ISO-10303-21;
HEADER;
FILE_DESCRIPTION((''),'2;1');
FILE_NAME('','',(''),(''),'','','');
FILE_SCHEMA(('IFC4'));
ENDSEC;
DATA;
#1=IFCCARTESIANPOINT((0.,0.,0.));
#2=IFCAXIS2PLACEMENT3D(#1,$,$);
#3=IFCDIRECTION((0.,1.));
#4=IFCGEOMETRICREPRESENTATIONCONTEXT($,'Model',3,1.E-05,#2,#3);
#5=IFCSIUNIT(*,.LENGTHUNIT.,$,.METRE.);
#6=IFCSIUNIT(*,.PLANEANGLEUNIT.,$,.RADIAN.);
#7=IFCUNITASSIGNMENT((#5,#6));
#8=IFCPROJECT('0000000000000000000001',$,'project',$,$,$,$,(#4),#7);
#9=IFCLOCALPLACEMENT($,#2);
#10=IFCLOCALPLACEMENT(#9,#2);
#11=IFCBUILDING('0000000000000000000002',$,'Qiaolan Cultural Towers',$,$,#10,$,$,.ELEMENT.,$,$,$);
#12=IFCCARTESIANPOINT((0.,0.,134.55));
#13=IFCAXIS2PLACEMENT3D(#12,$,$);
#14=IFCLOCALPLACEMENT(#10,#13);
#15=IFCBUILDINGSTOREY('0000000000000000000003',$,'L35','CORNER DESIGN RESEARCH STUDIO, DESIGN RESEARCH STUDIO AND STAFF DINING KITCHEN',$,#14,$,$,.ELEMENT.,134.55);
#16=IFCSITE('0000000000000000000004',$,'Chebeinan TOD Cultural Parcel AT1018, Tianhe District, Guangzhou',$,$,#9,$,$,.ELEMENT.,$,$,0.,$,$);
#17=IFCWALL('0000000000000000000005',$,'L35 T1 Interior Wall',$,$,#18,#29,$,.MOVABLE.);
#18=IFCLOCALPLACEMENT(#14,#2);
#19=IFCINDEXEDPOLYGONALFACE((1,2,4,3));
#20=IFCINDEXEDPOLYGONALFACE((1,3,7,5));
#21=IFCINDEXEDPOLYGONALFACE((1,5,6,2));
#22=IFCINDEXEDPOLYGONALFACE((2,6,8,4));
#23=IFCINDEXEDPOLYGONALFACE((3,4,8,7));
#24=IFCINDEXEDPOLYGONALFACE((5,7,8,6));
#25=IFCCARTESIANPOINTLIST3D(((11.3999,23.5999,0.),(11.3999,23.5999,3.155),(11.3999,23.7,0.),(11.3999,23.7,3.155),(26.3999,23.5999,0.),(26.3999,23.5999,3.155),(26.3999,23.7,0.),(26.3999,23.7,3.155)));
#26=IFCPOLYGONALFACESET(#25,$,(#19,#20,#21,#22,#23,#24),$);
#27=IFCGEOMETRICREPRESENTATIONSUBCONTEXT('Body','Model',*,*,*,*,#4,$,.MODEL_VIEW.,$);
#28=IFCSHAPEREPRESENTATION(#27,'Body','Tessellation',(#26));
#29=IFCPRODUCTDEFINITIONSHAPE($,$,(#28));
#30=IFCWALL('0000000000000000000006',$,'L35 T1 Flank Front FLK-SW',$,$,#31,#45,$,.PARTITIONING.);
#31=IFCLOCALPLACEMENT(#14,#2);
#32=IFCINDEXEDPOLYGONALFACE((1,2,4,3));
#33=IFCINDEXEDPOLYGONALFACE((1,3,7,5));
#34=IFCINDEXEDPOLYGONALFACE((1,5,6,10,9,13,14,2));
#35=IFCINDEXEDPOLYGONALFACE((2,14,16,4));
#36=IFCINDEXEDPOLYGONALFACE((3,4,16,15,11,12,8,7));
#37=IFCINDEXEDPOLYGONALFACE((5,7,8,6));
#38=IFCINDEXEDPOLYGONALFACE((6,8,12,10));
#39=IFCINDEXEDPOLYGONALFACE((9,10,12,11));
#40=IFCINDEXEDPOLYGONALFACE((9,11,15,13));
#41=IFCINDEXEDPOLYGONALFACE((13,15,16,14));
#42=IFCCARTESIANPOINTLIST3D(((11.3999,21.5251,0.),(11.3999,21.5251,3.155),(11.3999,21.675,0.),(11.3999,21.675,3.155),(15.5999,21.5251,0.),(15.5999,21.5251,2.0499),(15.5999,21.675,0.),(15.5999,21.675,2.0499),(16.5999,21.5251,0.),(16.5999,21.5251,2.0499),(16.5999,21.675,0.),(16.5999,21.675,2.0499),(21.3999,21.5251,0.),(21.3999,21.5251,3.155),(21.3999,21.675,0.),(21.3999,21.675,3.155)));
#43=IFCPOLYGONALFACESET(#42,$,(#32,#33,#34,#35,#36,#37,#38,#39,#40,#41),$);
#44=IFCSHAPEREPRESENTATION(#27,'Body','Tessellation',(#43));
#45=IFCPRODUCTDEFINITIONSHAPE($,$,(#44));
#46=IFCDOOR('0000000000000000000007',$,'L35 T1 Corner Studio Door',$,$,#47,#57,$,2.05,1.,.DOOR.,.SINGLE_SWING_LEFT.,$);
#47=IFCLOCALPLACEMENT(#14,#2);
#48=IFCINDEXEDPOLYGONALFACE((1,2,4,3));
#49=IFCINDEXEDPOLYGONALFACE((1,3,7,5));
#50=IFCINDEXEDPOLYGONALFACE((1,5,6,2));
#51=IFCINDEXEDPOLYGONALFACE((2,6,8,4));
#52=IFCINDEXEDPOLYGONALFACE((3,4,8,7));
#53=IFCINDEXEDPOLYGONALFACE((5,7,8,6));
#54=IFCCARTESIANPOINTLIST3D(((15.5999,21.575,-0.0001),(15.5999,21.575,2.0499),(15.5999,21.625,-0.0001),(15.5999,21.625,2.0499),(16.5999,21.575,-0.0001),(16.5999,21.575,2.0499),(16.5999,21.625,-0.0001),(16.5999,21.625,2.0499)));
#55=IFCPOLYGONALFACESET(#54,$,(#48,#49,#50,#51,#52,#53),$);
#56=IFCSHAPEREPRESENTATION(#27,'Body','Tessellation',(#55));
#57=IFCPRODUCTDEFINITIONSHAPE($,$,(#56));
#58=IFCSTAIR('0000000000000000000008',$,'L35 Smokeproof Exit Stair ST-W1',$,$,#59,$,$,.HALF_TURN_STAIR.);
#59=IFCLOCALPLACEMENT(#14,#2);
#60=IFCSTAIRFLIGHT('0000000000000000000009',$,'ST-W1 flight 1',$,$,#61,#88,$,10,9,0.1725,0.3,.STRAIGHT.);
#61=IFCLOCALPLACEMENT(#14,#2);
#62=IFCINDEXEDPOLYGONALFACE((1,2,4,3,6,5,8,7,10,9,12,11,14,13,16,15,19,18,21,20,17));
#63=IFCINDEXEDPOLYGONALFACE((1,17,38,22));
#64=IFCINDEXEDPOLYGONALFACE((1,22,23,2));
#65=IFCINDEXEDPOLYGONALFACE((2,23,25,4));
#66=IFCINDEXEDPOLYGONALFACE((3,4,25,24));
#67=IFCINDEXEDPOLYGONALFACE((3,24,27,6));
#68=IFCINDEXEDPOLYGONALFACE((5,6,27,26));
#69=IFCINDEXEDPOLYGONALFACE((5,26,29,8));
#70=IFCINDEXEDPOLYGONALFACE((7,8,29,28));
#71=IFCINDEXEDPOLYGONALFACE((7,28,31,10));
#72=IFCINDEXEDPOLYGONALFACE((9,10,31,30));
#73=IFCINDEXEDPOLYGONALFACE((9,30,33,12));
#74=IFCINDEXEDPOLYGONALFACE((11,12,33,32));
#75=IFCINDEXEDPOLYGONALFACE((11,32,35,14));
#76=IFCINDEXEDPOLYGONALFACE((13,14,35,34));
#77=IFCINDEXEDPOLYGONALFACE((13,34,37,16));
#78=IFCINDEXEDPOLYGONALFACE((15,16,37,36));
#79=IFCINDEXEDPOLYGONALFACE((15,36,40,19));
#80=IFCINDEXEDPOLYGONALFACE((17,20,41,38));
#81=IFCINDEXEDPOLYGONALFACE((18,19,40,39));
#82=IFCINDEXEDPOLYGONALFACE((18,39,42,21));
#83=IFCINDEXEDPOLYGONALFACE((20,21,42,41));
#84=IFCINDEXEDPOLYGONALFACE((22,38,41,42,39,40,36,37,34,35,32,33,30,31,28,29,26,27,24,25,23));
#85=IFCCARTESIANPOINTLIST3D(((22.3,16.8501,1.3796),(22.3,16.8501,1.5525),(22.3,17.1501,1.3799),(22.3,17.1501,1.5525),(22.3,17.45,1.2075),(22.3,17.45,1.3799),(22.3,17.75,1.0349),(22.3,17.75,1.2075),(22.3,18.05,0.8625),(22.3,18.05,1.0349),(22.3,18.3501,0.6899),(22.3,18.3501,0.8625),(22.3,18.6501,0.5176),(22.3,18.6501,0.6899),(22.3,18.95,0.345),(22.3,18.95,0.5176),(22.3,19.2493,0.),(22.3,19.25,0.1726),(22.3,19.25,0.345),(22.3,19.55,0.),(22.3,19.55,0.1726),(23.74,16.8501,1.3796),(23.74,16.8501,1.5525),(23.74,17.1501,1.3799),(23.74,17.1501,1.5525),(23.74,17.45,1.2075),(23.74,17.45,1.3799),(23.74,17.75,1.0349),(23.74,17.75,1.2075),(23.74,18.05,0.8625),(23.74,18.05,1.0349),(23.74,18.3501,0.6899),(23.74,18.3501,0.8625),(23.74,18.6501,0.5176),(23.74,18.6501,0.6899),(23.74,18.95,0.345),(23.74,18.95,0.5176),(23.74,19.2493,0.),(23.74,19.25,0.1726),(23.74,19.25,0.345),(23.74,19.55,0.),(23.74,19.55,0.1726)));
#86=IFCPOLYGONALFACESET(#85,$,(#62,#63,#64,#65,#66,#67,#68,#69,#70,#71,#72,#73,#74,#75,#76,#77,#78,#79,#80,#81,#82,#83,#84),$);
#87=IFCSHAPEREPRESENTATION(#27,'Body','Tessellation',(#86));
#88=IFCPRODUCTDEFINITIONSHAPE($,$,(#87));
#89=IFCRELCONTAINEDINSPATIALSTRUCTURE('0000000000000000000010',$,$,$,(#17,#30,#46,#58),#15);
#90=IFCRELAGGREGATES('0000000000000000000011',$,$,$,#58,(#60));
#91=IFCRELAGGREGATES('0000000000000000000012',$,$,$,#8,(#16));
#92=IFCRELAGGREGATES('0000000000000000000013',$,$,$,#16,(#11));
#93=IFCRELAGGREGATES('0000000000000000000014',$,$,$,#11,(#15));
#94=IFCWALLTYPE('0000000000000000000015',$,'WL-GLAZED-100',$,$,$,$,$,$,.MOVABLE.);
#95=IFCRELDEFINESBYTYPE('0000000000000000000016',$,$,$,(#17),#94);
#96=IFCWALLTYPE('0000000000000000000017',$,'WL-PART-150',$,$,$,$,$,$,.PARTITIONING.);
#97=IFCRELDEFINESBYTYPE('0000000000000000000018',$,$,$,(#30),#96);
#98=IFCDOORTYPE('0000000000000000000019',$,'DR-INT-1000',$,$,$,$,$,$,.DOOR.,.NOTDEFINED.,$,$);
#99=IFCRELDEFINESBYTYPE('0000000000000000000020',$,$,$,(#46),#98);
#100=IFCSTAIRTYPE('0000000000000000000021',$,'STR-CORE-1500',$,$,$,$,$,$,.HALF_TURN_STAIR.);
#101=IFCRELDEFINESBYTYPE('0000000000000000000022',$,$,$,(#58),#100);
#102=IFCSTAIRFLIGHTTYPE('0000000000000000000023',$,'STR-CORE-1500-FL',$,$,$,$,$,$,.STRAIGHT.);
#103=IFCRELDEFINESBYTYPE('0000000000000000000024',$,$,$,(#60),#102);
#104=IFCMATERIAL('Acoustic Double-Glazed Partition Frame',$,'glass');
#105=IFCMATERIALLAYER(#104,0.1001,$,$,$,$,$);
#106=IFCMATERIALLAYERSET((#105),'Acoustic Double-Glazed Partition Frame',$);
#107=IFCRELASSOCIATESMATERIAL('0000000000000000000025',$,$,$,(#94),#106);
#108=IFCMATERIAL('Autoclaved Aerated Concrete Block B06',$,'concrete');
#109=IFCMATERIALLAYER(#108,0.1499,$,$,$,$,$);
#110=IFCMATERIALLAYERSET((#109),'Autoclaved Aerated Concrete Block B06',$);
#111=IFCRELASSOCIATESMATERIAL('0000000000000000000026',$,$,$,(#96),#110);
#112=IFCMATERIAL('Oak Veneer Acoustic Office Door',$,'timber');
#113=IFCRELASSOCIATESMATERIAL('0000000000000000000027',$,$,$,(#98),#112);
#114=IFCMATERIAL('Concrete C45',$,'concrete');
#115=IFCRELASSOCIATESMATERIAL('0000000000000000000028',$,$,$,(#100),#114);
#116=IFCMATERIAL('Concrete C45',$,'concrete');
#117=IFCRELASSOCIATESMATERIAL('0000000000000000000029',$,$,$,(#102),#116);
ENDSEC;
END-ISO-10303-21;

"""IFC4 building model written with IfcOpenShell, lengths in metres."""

from ifc_helpers import new_model, si_unit, direction, frame, frame_2d, origin, place, context, subcontext, project, spatial, polyline, rectangle, outline, extrude, material, layer, layer_set, type_object, element, fill, aggregate, save


model = new_model("IFC4")

# Units and contexts
model_context = context("Model", 3, precision=1e-05, world=origin(), true_north=direction((0.0, 1.0)))
body_context = subcontext(model_context, "Body", "Model", "MODEL_VIEW")
ifc_project = project(units=[si_unit("LENGTHUNIT", "METRE"), si_unit("PLANEANGLEUNIT", "RADIAN")], contexts=[model_context])

# Site, building, storey
site_placement = place(None, origin())
site = spatial("IfcSite", under=ifc_project, at=site_placement, Name="Chebeinan TOD Cultural Parcel AT1018, Tianhe District, Guangzhou", CompositionType="ELEMENT", RefElevation=0.0)
building_placement = place(site_placement, origin())
building = spatial("IfcBuilding", under=site, at=building_placement, Name="Qiaolan Cultural Towers", CompositionType="ELEMENT")
storey_placement = place(building_placement, frame((0.0, 0.0, 134.55)))
storey = spatial("IfcBuildingStorey", under=building, at=storey_placement, Name="L35", Description="CORNER DESIGN RESEARCH STUDIO, DESIGN RESEARCH STUDIO AND STAFF DINING KITCHEN", CompositionType="ELEMENT", Elevation=134.55)

# Wall
ifc_material_1 = material(Name="Acoustic Double-Glazed Partition Frame", Category="glass")
ifc_layer_1 = layer(ifc_material_1, 0.1001)
ifc_layer_set_1 = layer_set([ifc_layer_1], Name="Acoustic Double-Glazed Partition Frame")
wall_type_1 = type_object("IfcWallType", Name="WL-GLAZED-100", PredefinedType="MOVABLE", material=ifc_layer_set_1)
wall_1_placement = place(storey_placement, frame((11.3999, 23.6499, 0.0), z_axis=(0.0, 0.0, 1.0), x_axis=(1.0, 0.0, 0.0)))
element("IfcWall", 1, at=wall_1_placement, inside=storey, type_object=wall_type_1, Name="L35 T1 Interior Wall", PredefinedType="MOVABLE", context=body_context, shape_type="SweptSolid", body=[
    extrude(rectangle(XDim=15.0, YDim=0.1001, at=frame_2d((7.5, 0.0))), origin(), (0.0, 0.0, 1.0), 3.155),
])

# Wall, opening, door
ifc_material_2 = material(Name="Autoclaved Aerated Concrete Block B06", Category="concrete")
ifc_layer_2 = layer(ifc_material_2, 0.1499)
ifc_layer_set_2 = layer_set([ifc_layer_2], Name="Autoclaved Aerated Concrete Block B06")
wall_type_2 = type_object("IfcWallType", Name="WL-PART-150", PredefinedType="PARTITIONING", material=ifc_layer_set_2)
wall_2_placement = place(storey_placement, frame((11.3999, 21.6001, 0.0), z_axis=(0.0, 0.0, 1.0), x_axis=(1.0, 0.0, 0.0)))
wall_2 = element("IfcWall", 2, at=wall_2_placement, inside=storey, type_object=wall_type_2, Name="L35 T1 Flank Front FLK-SW", PredefinedType="PARTITIONING", context=body_context, shape_type="SweptSolid", body=[
    extrude(rectangle(XDim=10.0, YDim=0.1499, at=frame_2d((5.0, 0.0))), origin(), (0.0, 0.0, 1.0), 3.155),
])
opening_placement = place(wall_2_placement, frame((4.2, 0.0, 0.0)))
opening = element("IfcOpeningElement", 3, at=opening_placement, cuts=wall_2, PredefinedType="OPENING", context=body_context, shape_type="SweptSolid", body=[
    extrude(rectangle(XDim=1.0, YDim=2.05, at=frame_2d((0.5, 1.0249))), frame((0.0, 0.085, 0.0), z_axis=(0.0, -1.0, 0.0), x_axis=(1.0, 0.0, 0.0)), (0.0, 0.0, 1.0), 0.1699),
])
ifc_material_3 = material(Name="Oak Veneer Acoustic Office Door", Category="timber")
door_type = type_object("IfcDoorType", Name="DR-INT-1000", OperationType="NOTDEFINED", PredefinedType="DOOR", material=ifc_material_3)
door_placement = place(opening_placement, origin())
door = element("IfcDoor", 4, at=door_placement, inside=storey, type_object=door_type, Name="L35 T1 Corner Studio Door", OperationType="SINGLE_SWING_LEFT", OverallHeight=2.05, OverallWidth=1.0, PredefinedType="DOOR", context=body_context, shape_type="SweptSolid", body=[
    extrude(rectangle(XDim=1.0, YDim=2.05, at=frame_2d((0.5, 1.0249))), frame((0.0, 0.0249, 0.0), z_axis=(0.0, -1.0, 0.0), x_axis=(1.0, 0.0, 0.0)), (0.0, 0.0, 1.0), 0.05),
])
fill(opening, door)

# Stair, stair flight
ifc_material_4 = material(Name="Concrete C45", Category="concrete")
stair_type = type_object("IfcStairType", Name="STR-CORE-1500", PredefinedType="HALF_TURN_STAIR", material=ifc_material_4)
stair_placement = place(storey_placement, origin())
stair = element("IfcStair", 5, at=stair_placement, inside=storey, type_object=stair_type, Name="L35 Smokeproof Exit Stair ST-W1", PredefinedType="HALF_TURN_STAIR")
ifc_material_5 = material(Name="Concrete C45", Category="concrete")
stair_flight_type = type_object("IfcStairFlightType", Name="STR-CORE-1500-FL", PredefinedType="STRAIGHT", material=ifc_material_5)
stair_flight_placement = place(storey_placement, frame((23.02, 19.55, 0.0), z_axis=(0.0, 0.0, 1.0), x_axis=(0.0, -1.0, 0.0)))
stair_flight = element("IfcStairFlight", 6, at=stair_flight_placement, type_object=stair_flight_type, Name="ST-W1 flight 1", NumberOfRisers=10, NumberOfTreads=9, PredefinedType="STRAIGHT", RiserHeight=0.1725, TreadLength=0.3, context=body_context, shape_type="SweptSolid", body=[
    extrude(outline(polyline([(0.0, 0.0), (0.0, 0.1726), (0.3, 0.1726), (0.3, 0.345), (0.6001, 0.345), (0.6001, 0.5176), (0.8999, 0.5176), (0.8999, 0.6899), (1.2, 0.6899), (1.2, 0.8625), (1.5, 0.8625), (1.5, 1.0349), (1.8, 1.0349), (1.8, 1.2075), (2.1001, 1.2075), (2.1001, 1.3799), (2.3999, 1.3799), (2.3999, 1.5525), (2.7, 1.5525), (2.7, 1.7251), (2.7, 1.3796), (0.3008, 0.0), (0.0, 0.0)])), frame((0.0, 0.72, 0.0), z_axis=(0.0, -1.0, 0.0), x_axis=(1.0, 0.0, 0.0)), (0.0, 0.0, 1.0), 1.4399),
])
aggregate(stair, [stair_flight])

save(model, "model.ifc")
